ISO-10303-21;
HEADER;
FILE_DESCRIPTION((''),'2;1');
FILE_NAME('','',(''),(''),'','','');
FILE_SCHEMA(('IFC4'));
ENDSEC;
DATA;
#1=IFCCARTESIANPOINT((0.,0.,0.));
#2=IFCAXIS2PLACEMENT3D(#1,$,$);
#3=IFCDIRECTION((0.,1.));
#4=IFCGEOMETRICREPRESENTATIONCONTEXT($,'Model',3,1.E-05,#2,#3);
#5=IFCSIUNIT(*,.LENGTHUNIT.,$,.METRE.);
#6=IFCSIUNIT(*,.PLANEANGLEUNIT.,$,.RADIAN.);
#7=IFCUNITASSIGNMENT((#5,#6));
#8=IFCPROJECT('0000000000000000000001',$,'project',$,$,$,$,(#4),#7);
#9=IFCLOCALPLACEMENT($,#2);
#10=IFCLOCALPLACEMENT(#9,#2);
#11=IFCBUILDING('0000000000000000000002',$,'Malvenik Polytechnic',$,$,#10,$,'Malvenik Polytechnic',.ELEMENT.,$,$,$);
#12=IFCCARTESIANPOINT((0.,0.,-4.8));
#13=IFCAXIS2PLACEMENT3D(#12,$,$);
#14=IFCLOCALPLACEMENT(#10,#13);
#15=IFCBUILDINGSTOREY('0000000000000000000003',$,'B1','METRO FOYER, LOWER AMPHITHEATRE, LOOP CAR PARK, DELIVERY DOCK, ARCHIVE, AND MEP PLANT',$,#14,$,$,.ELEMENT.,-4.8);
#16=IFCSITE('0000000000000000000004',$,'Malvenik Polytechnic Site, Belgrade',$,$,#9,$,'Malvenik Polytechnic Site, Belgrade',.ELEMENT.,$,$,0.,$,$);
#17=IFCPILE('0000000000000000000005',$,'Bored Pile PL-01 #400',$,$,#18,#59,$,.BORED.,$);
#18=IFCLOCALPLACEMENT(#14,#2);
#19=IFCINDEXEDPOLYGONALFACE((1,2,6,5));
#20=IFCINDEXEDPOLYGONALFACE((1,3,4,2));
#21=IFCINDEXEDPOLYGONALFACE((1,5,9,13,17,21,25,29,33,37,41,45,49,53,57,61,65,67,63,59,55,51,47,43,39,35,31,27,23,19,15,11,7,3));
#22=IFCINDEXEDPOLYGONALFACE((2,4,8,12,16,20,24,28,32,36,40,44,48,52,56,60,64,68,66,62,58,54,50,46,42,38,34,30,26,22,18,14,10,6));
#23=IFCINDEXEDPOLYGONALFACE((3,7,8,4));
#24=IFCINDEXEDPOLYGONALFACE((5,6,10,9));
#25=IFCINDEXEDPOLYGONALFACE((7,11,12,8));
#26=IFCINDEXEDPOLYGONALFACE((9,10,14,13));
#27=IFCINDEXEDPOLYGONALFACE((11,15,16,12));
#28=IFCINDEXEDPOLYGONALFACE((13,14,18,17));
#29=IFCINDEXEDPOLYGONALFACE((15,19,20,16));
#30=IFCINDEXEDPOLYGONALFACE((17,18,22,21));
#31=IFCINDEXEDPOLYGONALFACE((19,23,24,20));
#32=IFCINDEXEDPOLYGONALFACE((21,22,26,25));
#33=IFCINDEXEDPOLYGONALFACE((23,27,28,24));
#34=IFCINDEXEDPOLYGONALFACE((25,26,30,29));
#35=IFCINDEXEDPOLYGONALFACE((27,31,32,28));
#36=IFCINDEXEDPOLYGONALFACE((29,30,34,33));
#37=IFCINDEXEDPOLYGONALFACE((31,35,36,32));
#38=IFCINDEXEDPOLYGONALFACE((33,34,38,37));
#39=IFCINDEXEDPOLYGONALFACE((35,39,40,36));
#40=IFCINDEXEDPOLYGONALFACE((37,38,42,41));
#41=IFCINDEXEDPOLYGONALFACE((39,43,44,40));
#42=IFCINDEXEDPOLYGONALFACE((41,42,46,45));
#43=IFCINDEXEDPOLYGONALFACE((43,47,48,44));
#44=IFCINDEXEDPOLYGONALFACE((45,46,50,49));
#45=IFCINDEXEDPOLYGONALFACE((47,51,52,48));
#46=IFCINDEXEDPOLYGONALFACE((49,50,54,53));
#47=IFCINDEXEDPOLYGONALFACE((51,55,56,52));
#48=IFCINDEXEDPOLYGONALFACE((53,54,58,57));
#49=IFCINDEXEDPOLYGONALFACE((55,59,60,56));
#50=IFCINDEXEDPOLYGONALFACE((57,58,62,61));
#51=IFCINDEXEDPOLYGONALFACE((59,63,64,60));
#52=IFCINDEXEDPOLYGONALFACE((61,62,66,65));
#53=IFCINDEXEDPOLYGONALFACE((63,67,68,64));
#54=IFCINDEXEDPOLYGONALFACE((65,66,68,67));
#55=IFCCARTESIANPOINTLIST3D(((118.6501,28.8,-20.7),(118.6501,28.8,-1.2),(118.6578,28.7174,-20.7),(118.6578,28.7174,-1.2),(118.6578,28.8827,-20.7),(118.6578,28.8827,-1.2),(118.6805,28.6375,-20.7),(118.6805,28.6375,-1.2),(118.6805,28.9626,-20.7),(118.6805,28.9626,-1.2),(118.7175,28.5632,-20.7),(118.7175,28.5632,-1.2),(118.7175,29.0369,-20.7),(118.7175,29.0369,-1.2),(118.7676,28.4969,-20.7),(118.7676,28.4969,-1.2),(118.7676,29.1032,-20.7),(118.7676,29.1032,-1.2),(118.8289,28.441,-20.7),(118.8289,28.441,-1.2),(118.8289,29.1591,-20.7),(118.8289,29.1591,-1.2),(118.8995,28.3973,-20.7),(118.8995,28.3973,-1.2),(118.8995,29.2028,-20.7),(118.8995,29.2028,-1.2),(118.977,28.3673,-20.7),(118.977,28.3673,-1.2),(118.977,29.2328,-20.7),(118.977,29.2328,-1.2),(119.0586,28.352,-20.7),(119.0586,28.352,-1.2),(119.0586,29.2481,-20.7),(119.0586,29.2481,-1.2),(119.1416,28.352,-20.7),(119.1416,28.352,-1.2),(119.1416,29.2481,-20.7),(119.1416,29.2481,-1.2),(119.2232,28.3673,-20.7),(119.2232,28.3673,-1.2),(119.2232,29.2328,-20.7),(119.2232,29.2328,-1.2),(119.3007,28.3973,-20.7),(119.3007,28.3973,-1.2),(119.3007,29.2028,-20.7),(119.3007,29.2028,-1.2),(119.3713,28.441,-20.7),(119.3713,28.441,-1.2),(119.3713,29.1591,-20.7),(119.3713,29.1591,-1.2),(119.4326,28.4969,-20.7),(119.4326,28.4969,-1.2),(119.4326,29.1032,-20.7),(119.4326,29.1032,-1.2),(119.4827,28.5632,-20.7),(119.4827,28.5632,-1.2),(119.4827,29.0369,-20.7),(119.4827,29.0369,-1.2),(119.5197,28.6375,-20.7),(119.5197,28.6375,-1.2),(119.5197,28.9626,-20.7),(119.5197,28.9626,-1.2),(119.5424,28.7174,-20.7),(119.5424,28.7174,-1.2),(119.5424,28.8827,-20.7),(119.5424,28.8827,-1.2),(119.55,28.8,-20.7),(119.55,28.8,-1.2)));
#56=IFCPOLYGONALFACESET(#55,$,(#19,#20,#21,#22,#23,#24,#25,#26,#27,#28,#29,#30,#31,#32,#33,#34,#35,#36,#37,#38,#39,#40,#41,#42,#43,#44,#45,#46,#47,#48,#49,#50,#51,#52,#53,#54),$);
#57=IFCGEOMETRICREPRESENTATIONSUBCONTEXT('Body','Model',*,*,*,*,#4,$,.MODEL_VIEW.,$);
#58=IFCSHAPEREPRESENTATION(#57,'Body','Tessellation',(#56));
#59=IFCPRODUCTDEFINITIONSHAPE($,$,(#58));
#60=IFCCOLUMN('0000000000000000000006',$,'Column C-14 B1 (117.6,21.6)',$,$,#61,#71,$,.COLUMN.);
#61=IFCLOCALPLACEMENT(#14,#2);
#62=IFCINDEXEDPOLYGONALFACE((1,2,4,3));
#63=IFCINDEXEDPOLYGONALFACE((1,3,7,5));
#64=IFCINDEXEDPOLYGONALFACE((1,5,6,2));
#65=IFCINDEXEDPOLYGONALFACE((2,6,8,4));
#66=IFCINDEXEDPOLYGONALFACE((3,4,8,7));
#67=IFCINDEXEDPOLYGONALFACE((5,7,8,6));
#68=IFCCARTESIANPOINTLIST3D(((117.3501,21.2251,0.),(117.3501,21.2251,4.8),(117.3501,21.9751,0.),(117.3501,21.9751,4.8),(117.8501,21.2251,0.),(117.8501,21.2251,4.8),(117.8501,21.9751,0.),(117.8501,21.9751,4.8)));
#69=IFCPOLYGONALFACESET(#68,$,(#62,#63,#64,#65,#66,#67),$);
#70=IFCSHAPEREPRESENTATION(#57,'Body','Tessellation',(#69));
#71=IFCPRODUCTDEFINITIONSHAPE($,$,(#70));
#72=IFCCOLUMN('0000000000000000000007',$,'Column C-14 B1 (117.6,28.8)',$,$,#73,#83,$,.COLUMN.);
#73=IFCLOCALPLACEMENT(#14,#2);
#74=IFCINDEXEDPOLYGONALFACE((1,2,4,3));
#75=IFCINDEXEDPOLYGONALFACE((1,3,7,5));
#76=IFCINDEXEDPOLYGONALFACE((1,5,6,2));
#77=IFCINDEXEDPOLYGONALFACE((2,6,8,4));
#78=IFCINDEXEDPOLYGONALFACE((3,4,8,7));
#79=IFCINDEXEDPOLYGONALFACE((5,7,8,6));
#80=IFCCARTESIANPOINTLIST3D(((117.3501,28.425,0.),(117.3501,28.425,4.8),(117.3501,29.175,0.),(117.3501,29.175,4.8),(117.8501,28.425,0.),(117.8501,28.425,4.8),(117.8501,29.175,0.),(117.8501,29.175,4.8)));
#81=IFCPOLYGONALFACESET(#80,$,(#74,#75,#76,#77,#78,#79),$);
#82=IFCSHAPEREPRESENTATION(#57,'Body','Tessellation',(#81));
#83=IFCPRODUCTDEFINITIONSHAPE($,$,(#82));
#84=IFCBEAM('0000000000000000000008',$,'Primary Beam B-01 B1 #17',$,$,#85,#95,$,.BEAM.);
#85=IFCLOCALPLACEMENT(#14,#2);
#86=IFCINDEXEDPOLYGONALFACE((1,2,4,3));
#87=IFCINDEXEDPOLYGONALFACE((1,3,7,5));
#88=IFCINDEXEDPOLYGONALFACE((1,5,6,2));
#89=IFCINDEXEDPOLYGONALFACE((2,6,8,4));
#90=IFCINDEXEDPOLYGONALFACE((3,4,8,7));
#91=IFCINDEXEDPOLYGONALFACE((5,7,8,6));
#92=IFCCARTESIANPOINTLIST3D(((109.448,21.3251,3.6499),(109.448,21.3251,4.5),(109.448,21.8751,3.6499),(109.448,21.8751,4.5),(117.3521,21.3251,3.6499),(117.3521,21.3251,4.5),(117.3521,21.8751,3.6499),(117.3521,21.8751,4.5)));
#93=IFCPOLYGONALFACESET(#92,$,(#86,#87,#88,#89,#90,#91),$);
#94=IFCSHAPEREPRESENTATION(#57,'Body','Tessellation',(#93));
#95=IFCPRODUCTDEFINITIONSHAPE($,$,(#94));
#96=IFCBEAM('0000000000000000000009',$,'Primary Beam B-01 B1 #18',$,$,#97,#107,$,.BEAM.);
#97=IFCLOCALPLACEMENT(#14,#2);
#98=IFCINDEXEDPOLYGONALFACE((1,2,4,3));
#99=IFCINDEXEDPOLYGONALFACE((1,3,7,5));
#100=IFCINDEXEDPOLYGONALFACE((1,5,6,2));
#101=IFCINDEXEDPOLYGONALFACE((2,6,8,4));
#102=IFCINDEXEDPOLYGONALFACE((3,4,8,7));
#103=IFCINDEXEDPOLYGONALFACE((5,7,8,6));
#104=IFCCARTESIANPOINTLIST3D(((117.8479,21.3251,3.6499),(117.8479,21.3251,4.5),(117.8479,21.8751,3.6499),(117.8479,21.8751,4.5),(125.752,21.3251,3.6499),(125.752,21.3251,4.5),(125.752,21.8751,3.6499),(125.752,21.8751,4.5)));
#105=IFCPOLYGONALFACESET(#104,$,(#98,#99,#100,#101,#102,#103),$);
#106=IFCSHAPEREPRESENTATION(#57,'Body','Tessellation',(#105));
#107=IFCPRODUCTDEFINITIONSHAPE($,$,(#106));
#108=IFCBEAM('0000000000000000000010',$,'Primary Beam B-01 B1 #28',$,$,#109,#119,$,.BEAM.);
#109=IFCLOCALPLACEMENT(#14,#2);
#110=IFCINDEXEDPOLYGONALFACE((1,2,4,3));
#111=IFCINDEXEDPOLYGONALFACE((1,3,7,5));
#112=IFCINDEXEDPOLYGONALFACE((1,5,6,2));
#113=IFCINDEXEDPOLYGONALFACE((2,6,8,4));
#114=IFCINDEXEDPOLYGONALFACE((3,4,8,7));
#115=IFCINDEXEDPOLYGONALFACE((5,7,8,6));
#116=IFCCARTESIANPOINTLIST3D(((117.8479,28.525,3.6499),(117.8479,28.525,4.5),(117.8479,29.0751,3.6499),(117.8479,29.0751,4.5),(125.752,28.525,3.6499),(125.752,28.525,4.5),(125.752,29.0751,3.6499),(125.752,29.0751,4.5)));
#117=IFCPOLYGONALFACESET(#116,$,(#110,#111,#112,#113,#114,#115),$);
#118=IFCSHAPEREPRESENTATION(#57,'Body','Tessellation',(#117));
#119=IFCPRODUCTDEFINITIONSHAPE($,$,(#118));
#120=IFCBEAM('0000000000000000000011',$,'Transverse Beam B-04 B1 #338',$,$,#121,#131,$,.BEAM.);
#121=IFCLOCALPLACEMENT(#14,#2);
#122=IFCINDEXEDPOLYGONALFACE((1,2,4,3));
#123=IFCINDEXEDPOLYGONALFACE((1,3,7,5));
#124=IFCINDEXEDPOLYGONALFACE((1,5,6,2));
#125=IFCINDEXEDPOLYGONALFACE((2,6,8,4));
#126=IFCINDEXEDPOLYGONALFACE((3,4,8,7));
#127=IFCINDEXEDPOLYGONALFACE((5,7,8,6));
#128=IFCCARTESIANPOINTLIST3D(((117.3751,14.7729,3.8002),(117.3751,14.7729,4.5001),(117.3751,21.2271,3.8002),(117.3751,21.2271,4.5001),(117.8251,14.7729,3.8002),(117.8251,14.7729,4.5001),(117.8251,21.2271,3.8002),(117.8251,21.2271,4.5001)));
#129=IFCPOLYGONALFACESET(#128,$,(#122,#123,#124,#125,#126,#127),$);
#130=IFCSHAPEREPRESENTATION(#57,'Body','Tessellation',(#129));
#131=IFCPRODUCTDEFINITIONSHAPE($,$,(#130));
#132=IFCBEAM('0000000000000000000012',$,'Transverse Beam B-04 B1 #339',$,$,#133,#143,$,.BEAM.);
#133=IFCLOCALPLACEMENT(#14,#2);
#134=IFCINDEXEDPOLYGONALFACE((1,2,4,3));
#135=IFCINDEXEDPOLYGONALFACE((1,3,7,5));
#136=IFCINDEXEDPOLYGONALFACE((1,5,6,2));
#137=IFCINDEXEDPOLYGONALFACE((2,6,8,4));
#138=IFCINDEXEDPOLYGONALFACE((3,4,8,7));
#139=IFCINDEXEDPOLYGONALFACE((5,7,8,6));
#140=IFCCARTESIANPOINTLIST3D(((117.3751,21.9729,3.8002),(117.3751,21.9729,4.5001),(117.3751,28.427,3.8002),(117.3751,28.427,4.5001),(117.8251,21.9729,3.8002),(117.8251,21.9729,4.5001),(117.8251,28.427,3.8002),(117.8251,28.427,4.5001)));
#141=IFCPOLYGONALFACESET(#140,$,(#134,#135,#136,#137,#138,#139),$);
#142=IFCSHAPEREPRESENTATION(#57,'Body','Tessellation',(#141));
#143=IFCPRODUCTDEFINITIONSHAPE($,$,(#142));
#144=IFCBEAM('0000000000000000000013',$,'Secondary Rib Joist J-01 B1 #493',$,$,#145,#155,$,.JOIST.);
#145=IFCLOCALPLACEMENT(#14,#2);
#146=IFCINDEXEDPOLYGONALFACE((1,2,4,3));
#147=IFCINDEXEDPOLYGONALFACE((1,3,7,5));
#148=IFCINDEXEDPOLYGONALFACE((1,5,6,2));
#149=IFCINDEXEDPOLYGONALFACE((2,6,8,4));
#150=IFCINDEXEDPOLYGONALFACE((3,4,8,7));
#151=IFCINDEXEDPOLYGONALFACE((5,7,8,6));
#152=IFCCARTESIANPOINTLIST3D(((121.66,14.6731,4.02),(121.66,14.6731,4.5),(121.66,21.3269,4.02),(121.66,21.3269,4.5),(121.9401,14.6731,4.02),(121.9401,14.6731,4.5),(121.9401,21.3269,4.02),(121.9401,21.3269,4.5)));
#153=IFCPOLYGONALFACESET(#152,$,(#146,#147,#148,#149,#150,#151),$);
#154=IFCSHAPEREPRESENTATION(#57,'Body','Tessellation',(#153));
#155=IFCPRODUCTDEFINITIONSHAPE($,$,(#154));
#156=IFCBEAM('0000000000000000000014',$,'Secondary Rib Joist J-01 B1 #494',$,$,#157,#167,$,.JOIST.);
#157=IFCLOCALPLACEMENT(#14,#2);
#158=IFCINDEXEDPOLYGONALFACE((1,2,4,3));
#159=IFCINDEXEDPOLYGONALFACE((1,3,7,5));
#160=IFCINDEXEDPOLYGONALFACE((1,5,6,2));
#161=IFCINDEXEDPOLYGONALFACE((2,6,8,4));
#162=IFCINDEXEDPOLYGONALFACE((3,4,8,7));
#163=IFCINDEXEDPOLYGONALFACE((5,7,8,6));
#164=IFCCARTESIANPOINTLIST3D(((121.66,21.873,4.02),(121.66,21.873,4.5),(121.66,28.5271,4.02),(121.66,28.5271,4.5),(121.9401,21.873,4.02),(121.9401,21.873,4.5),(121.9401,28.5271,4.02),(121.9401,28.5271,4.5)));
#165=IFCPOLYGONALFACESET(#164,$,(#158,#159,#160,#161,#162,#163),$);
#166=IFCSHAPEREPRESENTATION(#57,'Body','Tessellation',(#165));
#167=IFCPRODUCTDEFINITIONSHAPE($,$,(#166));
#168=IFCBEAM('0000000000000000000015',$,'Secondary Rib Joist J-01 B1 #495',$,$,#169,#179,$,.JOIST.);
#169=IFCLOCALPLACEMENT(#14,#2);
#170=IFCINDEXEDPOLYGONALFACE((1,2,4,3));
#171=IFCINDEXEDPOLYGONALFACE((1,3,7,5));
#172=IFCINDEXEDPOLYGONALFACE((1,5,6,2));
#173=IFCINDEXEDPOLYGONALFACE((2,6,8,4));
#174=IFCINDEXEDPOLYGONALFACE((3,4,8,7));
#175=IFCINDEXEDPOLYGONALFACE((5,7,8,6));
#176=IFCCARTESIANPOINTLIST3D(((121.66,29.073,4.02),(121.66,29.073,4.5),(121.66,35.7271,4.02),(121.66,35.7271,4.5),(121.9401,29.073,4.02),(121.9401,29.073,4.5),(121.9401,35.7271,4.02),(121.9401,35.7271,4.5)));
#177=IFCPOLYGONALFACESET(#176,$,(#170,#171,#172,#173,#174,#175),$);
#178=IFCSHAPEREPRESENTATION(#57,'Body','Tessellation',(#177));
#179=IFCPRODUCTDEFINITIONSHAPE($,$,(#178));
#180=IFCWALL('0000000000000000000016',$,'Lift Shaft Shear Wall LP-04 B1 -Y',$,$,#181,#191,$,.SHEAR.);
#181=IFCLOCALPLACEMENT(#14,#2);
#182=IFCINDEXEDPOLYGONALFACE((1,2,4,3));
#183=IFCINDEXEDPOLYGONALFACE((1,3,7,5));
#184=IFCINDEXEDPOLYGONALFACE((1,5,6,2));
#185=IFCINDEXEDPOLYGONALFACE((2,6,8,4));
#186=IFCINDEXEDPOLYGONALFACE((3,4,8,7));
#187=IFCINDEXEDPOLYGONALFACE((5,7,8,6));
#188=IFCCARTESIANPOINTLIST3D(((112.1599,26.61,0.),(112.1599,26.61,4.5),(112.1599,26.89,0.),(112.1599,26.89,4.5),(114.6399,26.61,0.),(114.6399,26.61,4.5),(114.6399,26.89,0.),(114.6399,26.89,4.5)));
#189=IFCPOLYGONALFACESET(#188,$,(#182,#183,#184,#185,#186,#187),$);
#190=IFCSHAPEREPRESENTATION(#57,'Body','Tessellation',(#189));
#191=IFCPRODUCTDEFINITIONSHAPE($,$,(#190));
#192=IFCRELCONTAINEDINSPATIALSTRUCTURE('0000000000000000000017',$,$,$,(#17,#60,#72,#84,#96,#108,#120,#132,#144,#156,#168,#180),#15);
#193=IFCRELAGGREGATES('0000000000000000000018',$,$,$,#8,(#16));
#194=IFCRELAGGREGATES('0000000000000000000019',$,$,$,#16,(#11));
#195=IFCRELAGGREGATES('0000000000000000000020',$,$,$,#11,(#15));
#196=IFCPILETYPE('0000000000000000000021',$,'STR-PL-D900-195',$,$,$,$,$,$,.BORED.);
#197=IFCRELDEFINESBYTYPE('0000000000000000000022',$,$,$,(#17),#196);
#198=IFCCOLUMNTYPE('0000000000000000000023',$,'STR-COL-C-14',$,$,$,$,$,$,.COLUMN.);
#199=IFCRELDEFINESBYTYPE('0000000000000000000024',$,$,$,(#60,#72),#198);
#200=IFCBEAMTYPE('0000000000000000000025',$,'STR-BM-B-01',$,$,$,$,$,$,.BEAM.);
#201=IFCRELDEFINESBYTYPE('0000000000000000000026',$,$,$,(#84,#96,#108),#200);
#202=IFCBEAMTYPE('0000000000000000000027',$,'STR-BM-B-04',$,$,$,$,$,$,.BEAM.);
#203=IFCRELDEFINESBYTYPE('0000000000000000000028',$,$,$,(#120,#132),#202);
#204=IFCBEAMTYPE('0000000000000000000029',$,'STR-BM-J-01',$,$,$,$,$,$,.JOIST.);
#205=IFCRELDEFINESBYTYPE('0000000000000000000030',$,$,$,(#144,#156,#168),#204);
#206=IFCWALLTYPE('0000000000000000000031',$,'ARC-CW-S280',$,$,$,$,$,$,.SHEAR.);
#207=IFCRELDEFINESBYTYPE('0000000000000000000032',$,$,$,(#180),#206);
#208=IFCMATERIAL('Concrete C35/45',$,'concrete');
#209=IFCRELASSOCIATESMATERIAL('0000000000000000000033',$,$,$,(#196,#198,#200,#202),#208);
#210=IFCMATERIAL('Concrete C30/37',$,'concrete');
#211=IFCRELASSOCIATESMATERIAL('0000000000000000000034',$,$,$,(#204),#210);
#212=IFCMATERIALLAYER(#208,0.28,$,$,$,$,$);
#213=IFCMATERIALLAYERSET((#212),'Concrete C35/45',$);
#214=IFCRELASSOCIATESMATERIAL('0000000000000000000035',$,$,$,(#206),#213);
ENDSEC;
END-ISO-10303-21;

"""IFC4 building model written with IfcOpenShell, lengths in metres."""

from ifc_helpers import new_model, si_unit, direction, frame, frame_2d, origin, origin_2d, place, context, subcontext, project, spatial, rectangle, circle, extrude, material, layer, layer_set, material_profile, profile_set, type_object, element, save


model = new_model("IFC4")

# Units and contexts
model_context = context("Model", 3, precision=1e-05, world=origin(), true_north=direction((0.0, 1.0)))
body_context = subcontext(model_context, "Body", "Model", "MODEL_VIEW")
ifc_project = project(units=[si_unit("LENGTHUNIT", "METRE"), si_unit("PLANEANGLEUNIT", "RADIAN")], contexts=[model_context])

# Site, building, storey
site_placement = place(None, origin())
site = spatial("IfcSite", under=ifc_project, at=site_placement, Name="Malvenik Polytechnic Site, Belgrade", LongName="Malvenik Polytechnic Site, Belgrade", CompositionType="ELEMENT", RefElevation=0.0)
building_placement = place(site_placement, origin())
building = spatial("IfcBuilding", under=site, at=building_placement, Name="Malvenik Polytechnic", LongName="Malvenik Polytechnic", CompositionType="ELEMENT")
storey_placement = place(building_placement, frame((0.0, 0.0, -4.8)))
storey = spatial("IfcBuildingStorey", under=building, at=storey_placement, Name="B1", Description="METRO FOYER, LOWER AMPHITHEATRE, LOOP CAR PARK, DELIVERY DOCK, ARCHIVE, AND MEP PLANT", CompositionType="ELEMENT", Elevation=-4.8)

# Shared definitions
ifc_material_1 = material(Name="Concrete C35/45", Category="concrete")

# Pile
ifc_material_profile_1 = material_profile(ifc_material_1, circle(Radius=0.45, at=origin_2d()), Name="BORED PILE D900")
ifc_profile_set_1 = profile_set([ifc_material_profile_1], Name="Concrete C35/45")
pile_type = type_object("IfcPileType", Name="STR-PL-D900-195", PredefinedType="BORED", material=ifc_profile_set_1)
for number, where, z_axis, x_axis, name in (
    (1, (119.1001, 28.8, -1.2), (0.0, 0.0, -1.0), (1.0, 0.0, 0.0), "Bored Pile PL-01 #400"),
):
    element("IfcPile", number, at=place(storey_placement, frame(where, z_axis=z_axis, x_axis=x_axis)), inside=storey, type_object=pile_type, Name=name, PredefinedType="BORED", context=body_context, shape_type="SweptSolid", body=[
        extrude(circle(Radius=0.45, at=origin_2d()), origin(), (0.0, 0.0, 1.0), 19.5),
    ])

# Columns
ifc_material_profile_2 = material_profile(ifc_material_1, rectangle(XDim=0.5, YDim=0.75, at=origin_2d()), Name="RC COL 750x500")
ifc_profile_set_2 = profile_set([ifc_material_profile_2], Name="Concrete C35/45")
column_type = type_object("IfcColumnType", Name="STR-COL-C-14", PredefinedType="COLUMN", material=ifc_profile_set_2)
for number, where, z_axis, x_axis, name in (
    (2, (117.6001, 21.6001, 0.0), (0.0, 0.0, 1.0), (1.0, 0.0, 0.0), "Column C-14 B1 (117.6,21.6)"),
    (3, (117.6001, 28.8, 0.0), (0.0, 0.0, 1.0), (1.0, 0.0, 0.0), "Column C-14 B1 (117.6,28.8)"),
):
    element("IfcColumn", number, at=place(storey_placement, frame(where, z_axis=z_axis, x_axis=x_axis)), inside=storey, type_object=column_type, Name=name, PredefinedType="COLUMN", context=body_context, shape_type="SweptSolid", body=[
        extrude(rectangle(XDim=0.5, YDim=0.75, at=origin_2d()), origin(), (0.0, 0.0, 1.0), 4.8),
    ])

# Beams
ifc_material_profile_3 = material_profile(ifc_material_1, rectangle(XDim=0.55, YDim=0.8501, at=origin_2d()), Name="RC BM 550x850")
ifc_profile_set_3 = profile_set([ifc_material_profile_3], Name="Concrete C35/45")
beam_type_1 = type_object("IfcBeamType", Name="STR-BM-B-01", PredefinedType="BEAM", material=ifc_profile_set_3)
for number, where, z_axis, x_axis, name in (
    (4, (109.448, 21.6001, 4.075), (1.0, 0.0, 0.0), (0.0, 1.0, 0.0), "Primary Beam B-01 B1 #17"),
    (5, (117.8479, 21.6001, 4.075), (1.0, 0.0, 0.0), (0.0, 1.0, 0.0), "Primary Beam B-01 B1 #18"),
    (6, (117.8479, 28.8, 4.075), (1.0, 0.0, 0.0), (0.0, 1.0, 0.0), "Primary Beam B-01 B1 #28"),
):
    element("IfcBeam", number, at=place(storey_placement, frame(where, z_axis=z_axis, x_axis=x_axis)), inside=storey, type_object=beam_type_1, Name=name, PredefinedType="BEAM", context=body_context, shape_type="SweptSolid", body=[
        extrude(rectangle(XDim=0.55, YDim=0.8501, at=origin_2d()), origin(), (0.0, 0.0, 1.0), 7.9041),
    ])
ifc_material_profile_4 = material_profile(ifc_material_1, rectangle(XDim=0.45, YDim=0.7, at=origin_2d()), Name="RC BM 450x700")
ifc_profile_set_4 = profile_set([ifc_material_profile_4], Name="Concrete C35/45")
beam_type_2 = type_object("IfcBeamType", Name="STR-BM-B-04", PredefinedType="BEAM", material=ifc_profile_set_4)
for number, where, z_axis, x_axis, name in (
    (7, (117.6001, 14.7729, 4.1501), (0.0, 1.0, 0.0), (-1.0, 0.0, 0.0), "Transverse Beam B-04 B1 #338"),
    (8, (117.6001, 21.9729, 4.1501), (0.0, 1.0, 0.0), (-1.0, 0.0, 0.0), "Transverse Beam B-04 B1 #339"),
):
    element("IfcBeam", number, at=place(storey_placement, frame(where, z_axis=z_axis, x_axis=x_axis)), inside=storey, type_object=beam_type_2, Name=name, PredefinedType="BEAM", context=body_context, shape_type="SweptSolid", body=[
        extrude(rectangle(XDim=0.45, YDim=0.7, at=origin_2d()), origin(), (0.0, 0.0, 1.0), 6.4541),
    ])
ifc_material_2 = material(Name="Concrete C30/37", Category="concrete")
ifc_material_profile_5 = material_profile(ifc_material_2, rectangle(XDim=0.28, YDim=0.48, at=origin_2d()), Name="RC JST 280x480")
ifc_profile_set_5 = profile_set([ifc_material_profile_5], Name="Concrete C30/37")
beam_type_3 = type_object("IfcBeamType", Name="STR-BM-J-01", PredefinedType="JOIST", material=ifc_profile_set_5)
beam_placement = place(storey_placement, frame((121.8, 14.6731, 4.26), z_axis=(0.0, 1.0, 0.0), x_axis=(-1.0, 0.0, 0.0)))
element("IfcBeam", 9, at=beam_placement, inside=storey, type_object=beam_type_3, Name="Secondary Rib Joist J-01 B1 #493", PredefinedType="JOIST", context=body_context, shape_type="SweptSolid", body=[
    extrude(rectangle(XDim=0.28, YDim=0.48, at=origin_2d()), origin(), (0.0, 0.0, 1.0), 6.6538),
])
for number, where, z_axis, x_axis, name in (
    (10, (121.8, 21.873, 4.26), (0.0, 1.0, 0.0), (-1.0, 0.0, 0.0), "Secondary Rib Joist J-01 B1 #494"),
    (11, (121.8, 29.073, 4.26), (0.0, 1.0, 0.0), (-1.0, 0.0, 0.0), "Secondary Rib Joist J-01 B1 #495"),
):
    element("IfcBeam", number, at=place(storey_placement, frame(where, z_axis=z_axis, x_axis=x_axis)), inside=storey, type_object=beam_type_3, Name=name, PredefinedType="JOIST", context=body_context, shape_type="SweptSolid", body=[
        extrude(rectangle(XDim=0.28, YDim=0.48, at=origin_2d()), origin(), (0.0, 0.0, 1.0), 6.6541),
    ])

# Wall
ifc_layer_1 = layer(ifc_material_1, 0.28)
ifc_layer_set_1 = layer_set([ifc_layer_1], Name="Concrete C35/45")
wall_type_1 = type_object("IfcWallType", Name="ARC-CW-S280", PredefinedType="SHEAR", material=ifc_layer_set_1)
wall_1_placement = place(storey_placement, frame((114.6399, 26.75, 0.0), z_axis=(0.0, 0.0, 1.0), x_axis=(-1.0, 0.0, 0.0)))
element("IfcWall", 12, at=wall_1_placement, inside=storey, type_object=wall_type_1, Name="Lift Shaft Shear Wall LP-04 B1 -Y", PredefinedType="SHEAR", context=body_context, shape_type="SweptSolid", body=[
    extrude(rectangle(XDim=2.48, YDim=0.28, at=frame_2d((1.24, 0.0))), origin(), (0.0, 0.0, 1.0), 4.5),
])

save(model, "model.ifc")
